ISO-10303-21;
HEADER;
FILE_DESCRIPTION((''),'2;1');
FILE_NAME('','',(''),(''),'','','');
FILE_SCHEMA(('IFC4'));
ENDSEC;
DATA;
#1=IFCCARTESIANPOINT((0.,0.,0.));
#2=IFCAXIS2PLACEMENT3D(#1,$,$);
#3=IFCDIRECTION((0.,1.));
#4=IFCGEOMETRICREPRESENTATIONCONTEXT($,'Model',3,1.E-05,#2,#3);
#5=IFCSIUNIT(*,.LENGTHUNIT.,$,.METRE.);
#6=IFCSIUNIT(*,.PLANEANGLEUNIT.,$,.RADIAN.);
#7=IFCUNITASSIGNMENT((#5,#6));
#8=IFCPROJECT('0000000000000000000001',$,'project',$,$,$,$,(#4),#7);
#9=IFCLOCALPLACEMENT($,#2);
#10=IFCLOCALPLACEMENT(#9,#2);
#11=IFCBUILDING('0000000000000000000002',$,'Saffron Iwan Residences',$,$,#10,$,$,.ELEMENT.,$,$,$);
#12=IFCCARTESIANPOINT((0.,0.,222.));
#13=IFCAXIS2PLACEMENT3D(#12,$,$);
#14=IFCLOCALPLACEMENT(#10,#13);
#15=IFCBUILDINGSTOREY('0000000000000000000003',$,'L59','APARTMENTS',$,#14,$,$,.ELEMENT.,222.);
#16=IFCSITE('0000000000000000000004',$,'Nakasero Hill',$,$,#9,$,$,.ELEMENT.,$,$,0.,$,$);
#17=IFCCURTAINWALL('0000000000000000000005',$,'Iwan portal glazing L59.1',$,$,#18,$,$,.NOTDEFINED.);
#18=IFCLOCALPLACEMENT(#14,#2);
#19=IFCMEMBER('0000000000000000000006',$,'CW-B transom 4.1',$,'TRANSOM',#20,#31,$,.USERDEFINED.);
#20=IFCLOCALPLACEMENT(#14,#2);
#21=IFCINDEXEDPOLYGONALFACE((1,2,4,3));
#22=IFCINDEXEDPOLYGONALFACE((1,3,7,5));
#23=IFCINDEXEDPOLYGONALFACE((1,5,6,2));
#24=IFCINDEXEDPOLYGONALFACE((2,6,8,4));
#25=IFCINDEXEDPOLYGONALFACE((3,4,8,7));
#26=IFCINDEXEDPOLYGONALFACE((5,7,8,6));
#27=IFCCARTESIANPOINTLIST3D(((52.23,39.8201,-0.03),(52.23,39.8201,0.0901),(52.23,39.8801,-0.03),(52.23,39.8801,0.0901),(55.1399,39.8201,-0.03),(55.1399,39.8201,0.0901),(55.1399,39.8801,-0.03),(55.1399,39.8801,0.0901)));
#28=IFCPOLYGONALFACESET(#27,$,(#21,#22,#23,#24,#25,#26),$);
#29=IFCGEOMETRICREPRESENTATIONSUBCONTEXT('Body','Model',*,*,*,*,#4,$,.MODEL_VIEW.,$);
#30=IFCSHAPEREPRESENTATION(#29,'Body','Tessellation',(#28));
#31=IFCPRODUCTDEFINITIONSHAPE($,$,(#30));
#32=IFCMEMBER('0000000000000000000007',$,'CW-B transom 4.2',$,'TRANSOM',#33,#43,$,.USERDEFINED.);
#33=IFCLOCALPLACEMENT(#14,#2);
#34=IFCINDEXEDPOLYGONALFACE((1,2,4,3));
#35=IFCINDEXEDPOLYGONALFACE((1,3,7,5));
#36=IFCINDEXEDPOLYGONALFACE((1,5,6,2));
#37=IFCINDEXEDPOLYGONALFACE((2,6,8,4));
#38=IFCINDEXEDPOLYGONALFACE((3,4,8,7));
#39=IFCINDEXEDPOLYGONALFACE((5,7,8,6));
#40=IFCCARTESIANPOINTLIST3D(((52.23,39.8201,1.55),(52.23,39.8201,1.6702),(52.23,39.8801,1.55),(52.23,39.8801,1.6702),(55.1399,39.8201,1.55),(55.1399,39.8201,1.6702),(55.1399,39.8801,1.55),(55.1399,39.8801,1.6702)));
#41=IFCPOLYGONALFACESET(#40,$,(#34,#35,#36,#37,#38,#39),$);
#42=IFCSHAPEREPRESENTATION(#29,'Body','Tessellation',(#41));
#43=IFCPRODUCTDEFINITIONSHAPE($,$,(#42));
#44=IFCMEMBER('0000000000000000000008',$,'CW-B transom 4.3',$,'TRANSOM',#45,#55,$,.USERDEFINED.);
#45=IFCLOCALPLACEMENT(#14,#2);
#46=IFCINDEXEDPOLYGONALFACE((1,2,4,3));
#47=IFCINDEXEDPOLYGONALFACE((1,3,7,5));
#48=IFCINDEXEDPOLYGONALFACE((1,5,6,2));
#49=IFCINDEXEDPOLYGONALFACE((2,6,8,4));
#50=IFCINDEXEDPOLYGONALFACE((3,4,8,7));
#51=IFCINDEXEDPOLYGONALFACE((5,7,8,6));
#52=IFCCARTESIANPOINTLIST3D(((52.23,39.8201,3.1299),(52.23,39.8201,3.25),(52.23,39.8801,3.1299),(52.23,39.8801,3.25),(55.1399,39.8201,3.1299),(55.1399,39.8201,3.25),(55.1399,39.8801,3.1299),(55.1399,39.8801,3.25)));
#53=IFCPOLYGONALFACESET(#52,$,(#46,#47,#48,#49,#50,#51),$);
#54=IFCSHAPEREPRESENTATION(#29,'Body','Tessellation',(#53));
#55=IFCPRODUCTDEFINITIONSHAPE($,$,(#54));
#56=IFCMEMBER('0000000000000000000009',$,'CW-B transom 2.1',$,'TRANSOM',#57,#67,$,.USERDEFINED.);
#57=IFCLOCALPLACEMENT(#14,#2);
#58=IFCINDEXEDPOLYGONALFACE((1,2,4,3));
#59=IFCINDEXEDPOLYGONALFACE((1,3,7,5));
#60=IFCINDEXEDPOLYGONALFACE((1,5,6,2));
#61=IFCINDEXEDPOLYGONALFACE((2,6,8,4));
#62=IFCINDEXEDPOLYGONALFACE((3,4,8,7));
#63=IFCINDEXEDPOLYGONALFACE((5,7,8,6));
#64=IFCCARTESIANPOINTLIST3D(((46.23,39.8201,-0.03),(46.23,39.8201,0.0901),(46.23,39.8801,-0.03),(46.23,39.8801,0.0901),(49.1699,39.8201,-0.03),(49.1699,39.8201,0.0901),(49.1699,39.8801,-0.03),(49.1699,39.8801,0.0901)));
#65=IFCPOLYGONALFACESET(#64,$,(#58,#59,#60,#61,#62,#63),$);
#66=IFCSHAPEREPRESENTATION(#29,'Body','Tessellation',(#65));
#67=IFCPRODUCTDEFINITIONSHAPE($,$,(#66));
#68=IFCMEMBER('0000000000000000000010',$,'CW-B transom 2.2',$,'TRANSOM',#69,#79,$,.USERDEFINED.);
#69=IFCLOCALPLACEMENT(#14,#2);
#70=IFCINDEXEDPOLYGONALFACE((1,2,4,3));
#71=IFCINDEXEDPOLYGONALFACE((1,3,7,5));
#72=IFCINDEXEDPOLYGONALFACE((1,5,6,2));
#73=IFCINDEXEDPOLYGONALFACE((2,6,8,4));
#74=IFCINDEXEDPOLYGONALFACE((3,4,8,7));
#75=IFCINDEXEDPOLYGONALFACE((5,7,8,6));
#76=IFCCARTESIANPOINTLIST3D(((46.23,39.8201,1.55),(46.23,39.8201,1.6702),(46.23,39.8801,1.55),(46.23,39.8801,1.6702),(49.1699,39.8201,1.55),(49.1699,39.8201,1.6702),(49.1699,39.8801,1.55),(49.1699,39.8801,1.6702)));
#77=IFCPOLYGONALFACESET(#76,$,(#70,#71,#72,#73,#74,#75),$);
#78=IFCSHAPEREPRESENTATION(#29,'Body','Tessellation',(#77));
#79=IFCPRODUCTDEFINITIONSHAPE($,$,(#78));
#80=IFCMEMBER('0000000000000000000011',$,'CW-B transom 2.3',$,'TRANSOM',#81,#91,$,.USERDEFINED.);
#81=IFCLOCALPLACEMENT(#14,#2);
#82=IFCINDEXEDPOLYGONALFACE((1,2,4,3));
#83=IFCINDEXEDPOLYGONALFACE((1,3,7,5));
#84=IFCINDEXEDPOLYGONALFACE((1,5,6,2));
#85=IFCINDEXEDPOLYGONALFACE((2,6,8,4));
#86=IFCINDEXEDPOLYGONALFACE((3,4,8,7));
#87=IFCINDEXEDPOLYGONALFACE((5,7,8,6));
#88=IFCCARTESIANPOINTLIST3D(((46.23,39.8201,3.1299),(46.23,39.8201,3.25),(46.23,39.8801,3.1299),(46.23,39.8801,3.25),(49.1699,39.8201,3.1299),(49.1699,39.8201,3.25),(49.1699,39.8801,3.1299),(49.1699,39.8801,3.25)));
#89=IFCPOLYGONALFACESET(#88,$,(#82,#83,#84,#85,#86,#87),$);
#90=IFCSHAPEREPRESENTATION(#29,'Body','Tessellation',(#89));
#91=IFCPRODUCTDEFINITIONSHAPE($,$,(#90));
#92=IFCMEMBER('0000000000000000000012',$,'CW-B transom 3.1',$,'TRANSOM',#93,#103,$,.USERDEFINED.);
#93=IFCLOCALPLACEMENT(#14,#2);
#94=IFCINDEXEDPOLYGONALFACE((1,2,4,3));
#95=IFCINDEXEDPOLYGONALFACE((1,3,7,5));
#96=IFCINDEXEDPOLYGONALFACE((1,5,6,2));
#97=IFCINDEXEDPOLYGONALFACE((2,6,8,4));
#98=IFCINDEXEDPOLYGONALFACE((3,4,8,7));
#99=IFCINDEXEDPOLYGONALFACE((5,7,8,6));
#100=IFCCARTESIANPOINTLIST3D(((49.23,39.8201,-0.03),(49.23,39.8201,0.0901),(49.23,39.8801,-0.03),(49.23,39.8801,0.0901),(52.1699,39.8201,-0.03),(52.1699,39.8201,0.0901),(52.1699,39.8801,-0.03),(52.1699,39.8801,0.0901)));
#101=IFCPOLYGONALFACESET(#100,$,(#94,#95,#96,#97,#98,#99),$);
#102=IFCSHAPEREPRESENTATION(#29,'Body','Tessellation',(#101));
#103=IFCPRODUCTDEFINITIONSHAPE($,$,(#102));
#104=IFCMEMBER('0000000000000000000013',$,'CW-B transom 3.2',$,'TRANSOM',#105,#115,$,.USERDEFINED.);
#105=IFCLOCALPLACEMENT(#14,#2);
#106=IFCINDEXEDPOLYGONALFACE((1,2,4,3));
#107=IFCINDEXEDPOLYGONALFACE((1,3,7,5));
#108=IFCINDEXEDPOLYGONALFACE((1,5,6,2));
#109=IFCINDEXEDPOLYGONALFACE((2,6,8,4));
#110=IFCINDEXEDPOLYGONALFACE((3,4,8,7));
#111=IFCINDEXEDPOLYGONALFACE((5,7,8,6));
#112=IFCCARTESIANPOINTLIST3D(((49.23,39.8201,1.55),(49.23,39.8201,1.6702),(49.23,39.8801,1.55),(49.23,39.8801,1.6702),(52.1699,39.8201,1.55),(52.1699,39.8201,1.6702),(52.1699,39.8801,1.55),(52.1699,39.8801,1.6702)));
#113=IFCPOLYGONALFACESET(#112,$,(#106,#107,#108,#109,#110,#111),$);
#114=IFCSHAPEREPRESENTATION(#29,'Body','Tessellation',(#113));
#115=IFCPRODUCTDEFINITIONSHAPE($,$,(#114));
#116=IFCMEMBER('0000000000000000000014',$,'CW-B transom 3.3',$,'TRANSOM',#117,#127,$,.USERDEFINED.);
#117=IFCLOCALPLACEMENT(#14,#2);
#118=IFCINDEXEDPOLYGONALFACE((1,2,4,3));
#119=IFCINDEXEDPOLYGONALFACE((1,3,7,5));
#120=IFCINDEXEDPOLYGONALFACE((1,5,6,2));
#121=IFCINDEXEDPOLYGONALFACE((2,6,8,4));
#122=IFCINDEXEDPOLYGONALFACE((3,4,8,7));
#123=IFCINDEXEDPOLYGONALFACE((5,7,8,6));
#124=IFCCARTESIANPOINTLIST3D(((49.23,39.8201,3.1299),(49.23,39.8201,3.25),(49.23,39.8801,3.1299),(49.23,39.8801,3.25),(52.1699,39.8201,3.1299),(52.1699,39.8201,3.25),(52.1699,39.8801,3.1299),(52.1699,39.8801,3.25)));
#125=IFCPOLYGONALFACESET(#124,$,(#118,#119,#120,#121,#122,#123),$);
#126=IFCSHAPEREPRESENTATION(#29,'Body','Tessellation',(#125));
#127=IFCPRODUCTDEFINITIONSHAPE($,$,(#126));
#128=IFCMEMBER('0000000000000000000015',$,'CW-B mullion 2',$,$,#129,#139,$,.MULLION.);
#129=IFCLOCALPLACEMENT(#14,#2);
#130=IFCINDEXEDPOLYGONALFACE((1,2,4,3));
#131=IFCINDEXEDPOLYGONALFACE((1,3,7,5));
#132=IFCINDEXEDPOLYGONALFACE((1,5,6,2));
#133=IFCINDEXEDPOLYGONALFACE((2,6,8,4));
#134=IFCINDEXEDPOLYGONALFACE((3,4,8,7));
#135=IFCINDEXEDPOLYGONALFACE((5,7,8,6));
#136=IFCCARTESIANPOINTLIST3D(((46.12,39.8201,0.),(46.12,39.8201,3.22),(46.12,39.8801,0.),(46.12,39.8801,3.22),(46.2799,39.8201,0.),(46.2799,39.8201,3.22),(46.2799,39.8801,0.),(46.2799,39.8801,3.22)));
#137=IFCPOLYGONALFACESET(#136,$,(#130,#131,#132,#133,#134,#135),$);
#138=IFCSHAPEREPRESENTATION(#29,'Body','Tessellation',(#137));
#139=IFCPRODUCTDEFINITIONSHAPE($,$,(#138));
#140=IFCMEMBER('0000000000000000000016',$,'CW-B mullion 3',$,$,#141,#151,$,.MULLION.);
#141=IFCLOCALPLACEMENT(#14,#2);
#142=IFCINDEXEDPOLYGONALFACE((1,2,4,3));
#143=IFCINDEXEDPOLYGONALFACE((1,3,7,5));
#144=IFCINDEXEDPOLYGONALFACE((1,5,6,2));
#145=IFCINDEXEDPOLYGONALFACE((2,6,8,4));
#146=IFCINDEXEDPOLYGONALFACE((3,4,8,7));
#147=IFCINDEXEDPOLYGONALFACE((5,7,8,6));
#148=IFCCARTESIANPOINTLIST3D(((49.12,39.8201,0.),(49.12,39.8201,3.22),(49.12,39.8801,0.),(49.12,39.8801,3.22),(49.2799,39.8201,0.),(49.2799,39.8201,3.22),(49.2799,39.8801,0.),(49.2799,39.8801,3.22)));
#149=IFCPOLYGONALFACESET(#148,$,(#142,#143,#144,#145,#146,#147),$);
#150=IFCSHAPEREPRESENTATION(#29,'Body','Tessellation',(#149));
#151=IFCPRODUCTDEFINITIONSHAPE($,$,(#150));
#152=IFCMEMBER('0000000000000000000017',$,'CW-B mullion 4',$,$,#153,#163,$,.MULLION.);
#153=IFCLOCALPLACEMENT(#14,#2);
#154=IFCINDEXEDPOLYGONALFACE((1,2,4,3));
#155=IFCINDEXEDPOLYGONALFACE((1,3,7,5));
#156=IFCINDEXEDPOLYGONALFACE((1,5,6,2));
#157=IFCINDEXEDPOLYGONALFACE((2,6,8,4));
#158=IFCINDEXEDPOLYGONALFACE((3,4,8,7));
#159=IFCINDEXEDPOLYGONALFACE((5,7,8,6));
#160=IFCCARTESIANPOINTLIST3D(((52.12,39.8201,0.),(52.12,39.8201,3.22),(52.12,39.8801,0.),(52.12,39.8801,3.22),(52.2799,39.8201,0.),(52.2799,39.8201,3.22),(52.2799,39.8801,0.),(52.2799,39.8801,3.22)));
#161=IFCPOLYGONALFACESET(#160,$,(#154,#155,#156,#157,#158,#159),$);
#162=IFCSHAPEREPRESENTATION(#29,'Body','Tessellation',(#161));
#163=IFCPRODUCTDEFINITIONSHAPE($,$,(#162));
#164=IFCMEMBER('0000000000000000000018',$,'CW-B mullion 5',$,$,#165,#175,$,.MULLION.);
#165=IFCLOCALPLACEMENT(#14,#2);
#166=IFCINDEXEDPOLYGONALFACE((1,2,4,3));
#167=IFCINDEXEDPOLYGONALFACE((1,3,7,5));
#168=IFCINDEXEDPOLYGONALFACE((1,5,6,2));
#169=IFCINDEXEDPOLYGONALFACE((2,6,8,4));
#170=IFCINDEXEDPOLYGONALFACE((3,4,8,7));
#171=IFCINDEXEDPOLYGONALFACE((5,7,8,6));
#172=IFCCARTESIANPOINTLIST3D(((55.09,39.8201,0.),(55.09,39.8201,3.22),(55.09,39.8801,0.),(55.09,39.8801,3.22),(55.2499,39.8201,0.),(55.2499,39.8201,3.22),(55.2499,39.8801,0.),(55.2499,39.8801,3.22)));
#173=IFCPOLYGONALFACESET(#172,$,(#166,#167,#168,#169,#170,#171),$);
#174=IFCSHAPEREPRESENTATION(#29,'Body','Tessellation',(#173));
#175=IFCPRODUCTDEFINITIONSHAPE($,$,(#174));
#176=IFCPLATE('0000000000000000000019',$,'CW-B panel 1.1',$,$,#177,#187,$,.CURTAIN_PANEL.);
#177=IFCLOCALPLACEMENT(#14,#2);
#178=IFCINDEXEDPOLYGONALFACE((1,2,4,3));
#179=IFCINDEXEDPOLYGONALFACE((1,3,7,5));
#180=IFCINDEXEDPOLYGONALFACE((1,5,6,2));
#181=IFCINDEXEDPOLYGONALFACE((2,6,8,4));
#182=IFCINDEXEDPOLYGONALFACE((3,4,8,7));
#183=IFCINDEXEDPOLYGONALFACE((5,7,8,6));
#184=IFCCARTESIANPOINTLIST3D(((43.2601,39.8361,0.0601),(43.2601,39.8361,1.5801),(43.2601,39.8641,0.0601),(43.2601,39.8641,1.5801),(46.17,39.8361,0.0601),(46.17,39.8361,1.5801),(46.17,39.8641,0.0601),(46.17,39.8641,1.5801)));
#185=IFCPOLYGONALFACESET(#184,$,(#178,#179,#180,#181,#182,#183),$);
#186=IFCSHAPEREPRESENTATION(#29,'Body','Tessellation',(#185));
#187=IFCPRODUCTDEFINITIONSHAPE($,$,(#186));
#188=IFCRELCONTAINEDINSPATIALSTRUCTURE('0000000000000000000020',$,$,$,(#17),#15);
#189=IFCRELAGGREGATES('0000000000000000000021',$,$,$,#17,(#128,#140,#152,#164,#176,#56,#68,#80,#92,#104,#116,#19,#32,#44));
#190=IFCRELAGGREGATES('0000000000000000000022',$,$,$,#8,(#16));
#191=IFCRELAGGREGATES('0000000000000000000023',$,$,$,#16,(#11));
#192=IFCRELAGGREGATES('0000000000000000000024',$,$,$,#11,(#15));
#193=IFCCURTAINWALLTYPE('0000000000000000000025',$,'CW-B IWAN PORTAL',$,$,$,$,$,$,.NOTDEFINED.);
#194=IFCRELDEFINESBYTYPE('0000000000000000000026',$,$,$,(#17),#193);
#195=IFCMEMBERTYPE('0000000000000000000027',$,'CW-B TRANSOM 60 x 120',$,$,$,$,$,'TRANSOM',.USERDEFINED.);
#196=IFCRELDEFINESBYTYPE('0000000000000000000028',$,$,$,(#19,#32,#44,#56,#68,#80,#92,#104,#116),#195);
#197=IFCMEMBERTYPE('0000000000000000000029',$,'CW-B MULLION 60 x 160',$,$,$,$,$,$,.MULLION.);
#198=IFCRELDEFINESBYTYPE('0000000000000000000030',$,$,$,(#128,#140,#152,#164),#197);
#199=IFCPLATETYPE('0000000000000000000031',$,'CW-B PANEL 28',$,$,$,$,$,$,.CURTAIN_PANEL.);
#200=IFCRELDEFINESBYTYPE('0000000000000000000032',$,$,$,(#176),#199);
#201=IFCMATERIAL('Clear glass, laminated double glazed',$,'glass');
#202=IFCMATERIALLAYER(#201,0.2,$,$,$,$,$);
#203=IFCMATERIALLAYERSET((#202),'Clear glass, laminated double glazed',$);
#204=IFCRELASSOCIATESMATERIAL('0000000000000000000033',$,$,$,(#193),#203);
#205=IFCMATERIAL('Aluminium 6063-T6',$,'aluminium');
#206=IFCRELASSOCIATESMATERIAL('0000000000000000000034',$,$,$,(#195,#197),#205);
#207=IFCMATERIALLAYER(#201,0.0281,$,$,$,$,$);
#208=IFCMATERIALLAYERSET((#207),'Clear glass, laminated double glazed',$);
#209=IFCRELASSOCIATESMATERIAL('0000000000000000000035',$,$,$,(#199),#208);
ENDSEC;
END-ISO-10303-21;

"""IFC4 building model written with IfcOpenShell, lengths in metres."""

from ifc_helpers import new_model, si_unit, direction, frame, origin, origin_2d, place, context, subcontext, project, spatial, rectangle, extrude, source, transform, mapped, material, layer, layer_set, material_profile, profile_set, type_object, element, aggregate, save


model = new_model("IFC4")

# Units and contexts
model_context = context("Model", 3, precision=1e-05, world=origin(), true_north=direction((0.0, 1.0)))
body_context = subcontext(model_context, "Body", "Model", "MODEL_VIEW")
ifc_project = project(units=[si_unit("LENGTHUNIT", "METRE"), si_unit("PLANEANGLEUNIT", "RADIAN")], contexts=[model_context])

# Site, building, storey
site_placement = place(None, origin())
site = spatial("IfcSite", under=ifc_project, at=site_placement, Name="Nakasero Hill", CompositionType="ELEMENT", RefElevation=0.0)
building_placement = place(site_placement, origin())
building = spatial("IfcBuilding", under=site, at=building_placement, Name="Saffron Iwan Residences", CompositionType="ELEMENT")
storey_placement = place(building_placement, frame((0.0, 0.0, 222.0)))
storey = spatial("IfcBuildingStorey", under=building, at=storey_placement, Name="L59", Description="APARTMENTS", CompositionType="ELEMENT", Elevation=222.0)

# Curtain wall, members, plate
ifc_material_1 = material(Name="Clear glass, laminated double glazed", Category="glass")
ifc_layer_1 = layer(ifc_material_1, 0.2)
ifc_layer_set_1 = layer_set([ifc_layer_1], Name="Clear glass, laminated double glazed")
curtain_wall_type = type_object("IfcCurtainWallType", Name="CW-B IWAN PORTAL", PredefinedType="NOTDEFINED", material=ifc_layer_set_1)
curtain_wall_placement = place(storey_placement, origin())
curtain_wall = element("IfcCurtainWall", 1, at=curtain_wall_placement, inside=storey, type_object=curtain_wall_type, Name="Iwan portal glazing L59.1", PredefinedType="NOTDEFINED")
ifc_material_2 = material(Name="Aluminium 6063-T6", Category="aluminium")
ifc_material_profile_1 = material_profile(ifc_material_2, rectangle(XDim=0.0601, YDim=0.1201, at=origin_2d()), Name="CW-B TRANSOM 60 x 120")
ifc_profile_set_1 = profile_set([ifc_material_profile_1], Name="Aluminium 6063-T6")
member_type_1 = type_object("IfcMemberType", Name="CW-B TRANSOM 60 x 120", ElementType="TRANSOM", PredefinedType="USERDEFINED", material=ifc_profile_set_1)
shared_shape_1 = source(origin(), body_context, "Body", "SweptSolid", [
    extrude(rectangle(XDim=0.0601, YDim=0.1201, at=origin_2d()), origin(), (0.0, 0.0, 1.0), 2.9099),
])
member_1_placement = place(storey_placement, frame((52.23, 39.8501, 0.03), z_axis=(1.0, 0.0, 0.0), x_axis=(0.0, 1.0, 0.0)))
member_1 = element("IfcMember", 2, at=member_1_placement, type_object=member_type_1, Name="CW-B transom 4.1", ObjectType="TRANSOM", PredefinedType="USERDEFINED", context=body_context, shape_type="MappedRepresentation", body=[
    mapped(shared_shape_1, transform((0.0, 0.0, 0.0))),
])
member_2_placement = place(storey_placement, frame((52.23, 39.8501, 1.6101), z_axis=(1.0, 0.0, 0.0), x_axis=(0.0, 1.0, 0.0)))
member_2 = element("IfcMember", 3, at=member_2_placement, type_object=member_type_1, Name="CW-B transom 4.2", ObjectType="TRANSOM", PredefinedType="USERDEFINED", context=body_context, shape_type="MappedRepresentation", body=[
    mapped(shared_shape_1, transform((0.0, 0.0, 0.0))),
])
member_3_placement = place(storey_placement, frame((52.23, 39.8501, 3.1899), z_axis=(1.0, 0.0, 0.0), x_axis=(0.0, 1.0, 0.0)))
member_3 = element("IfcMember", 4, at=member_3_placement, type_object=member_type_1, Name="CW-B transom 4.3", ObjectType="TRANSOM", PredefinedType="USERDEFINED", context=body_context, shape_type="MappedRepresentation", body=[
    mapped(shared_shape_1, transform((0.0, 0.0, 0.0))),
])
shared_shape_2 = source(origin(), body_context, "Body", "SweptSolid", [
    extrude(rectangle(XDim=0.0601, YDim=0.1201, at=origin_2d()), origin(), (0.0, 0.0, 1.0), 2.9399),
])
member_4_placement = place(storey_placement, frame((46.23, 39.8501, 0.03), z_axis=(1.0, 0.0, 0.0), x_axis=(0.0, 1.0, 0.0)))
member_4 = element("IfcMember", 5, at=member_4_placement, type_object=member_type_1, Name="CW-B transom 2.1", ObjectType="TRANSOM", PredefinedType="USERDEFINED", context=body_context, shape_type="MappedRepresentation", body=[
    mapped(shared_shape_2, transform((0.0, 0.0, 0.0))),
])
member_5_placement = place(storey_placement, frame((46.23, 39.8501, 1.6101), z_axis=(1.0, 0.0, 0.0), x_axis=(0.0, 1.0, 0.0)))
member_5 = element("IfcMember", 6, at=member_5_placement, type_object=member_type_1, Name="CW-B transom 2.2", ObjectType="TRANSOM", PredefinedType="USERDEFINED", context=body_context, shape_type="MappedRepresentation", body=[
    mapped(shared_shape_2, transform((0.0, 0.0, 0.0))),
])
member_6_placement = place(storey_placement, frame((46.23, 39.8501, 3.1899), z_axis=(1.0, 0.0, 0.0), x_axis=(0.0, 1.0, 0.0)))
member_6 = element("IfcMember", 7, at=member_6_placement, type_object=member_type_1, Name="CW-B transom 2.3", ObjectType="TRANSOM", PredefinedType="USERDEFINED", context=body_context, shape_type="MappedRepresentation", body=[
    mapped(shared_shape_2, transform((0.0, 0.0, 0.0))),
])
member_7_placement = place(storey_placement, frame((49.23, 39.8501, 0.03), z_axis=(1.0, 0.0, 0.0), x_axis=(0.0, 1.0, 0.0)))
member_7 = element("IfcMember", 8, at=member_7_placement, type_object=member_type_1, Name="CW-B transom 3.1", ObjectType="TRANSOM", PredefinedType="USERDEFINED", context=body_context, shape_type="MappedRepresentation", body=[
    mapped(shared_shape_2, transform((0.0, 0.0, 0.0))),
])
member_8_placement = place(storey_placement, frame((49.23, 39.8501, 1.6101), z_axis=(1.0, 0.0, 0.0), x_axis=(0.0, 1.0, 0.0)))
member_8 = element("IfcMember", 9, at=member_8_placement, type_object=member_type_1, Name="CW-B transom 3.2", ObjectType="TRANSOM", PredefinedType="USERDEFINED", context=body_context, shape_type="MappedRepresentation", body=[
    mapped(shared_shape_2, transform((0.0, 0.0, 0.0))),
])
member_9_placement = place(storey_placement, frame((49.23, 39.8501, 3.1899), z_axis=(1.0, 0.0, 0.0), x_axis=(0.0, 1.0, 0.0)))
member_9 = element("IfcMember", 10, at=member_9_placement, type_object=member_type_1, Name="CW-B transom 3.3", ObjectType="TRANSOM", PredefinedType="USERDEFINED", context=body_context, shape_type="MappedRepresentation", body=[
    mapped(shared_shape_2, transform((0.0, 0.0, 0.0))),
])
ifc_material_profile_2 = material_profile(ifc_material_2, rectangle(XDim=0.0601, YDim=0.1599, at=origin_2d()), Name="CW-B MULLION 60 x 160")
ifc_profile_set_2 = profile_set([ifc_material_profile_2], Name="Aluminium 6063-T6")
member_type_2 = type_object("IfcMemberType", Name="CW-B MULLION 60 x 160", PredefinedType="MULLION", material=ifc_profile_set_2)
shared_shape_3 = source(origin(), body_context, "Body", "SweptSolid", [
    extrude(rectangle(XDim=0.0601, YDim=0.1599, at=origin_2d()), origin(), (0.0, 0.0, 1.0), 3.22),
])
member_10_placement = place(storey_placement, frame((46.2, 39.8501, 0.0), z_axis=(0.0, 0.0, 1.0), x_axis=(0.0, 1.0, 0.0)))
member_10 = element("IfcMember", 11, at=member_10_placement, type_object=member_type_2, Name="CW-B mullion 2", PredefinedType="MULLION", context=body_context, shape_type="MappedRepresentation", body=[
    mapped(shared_shape_3, transform((0.0, 0.0, 0.0))),
])
member_11_placement = place(storey_placement, frame((49.2, 39.8501, 0.0), z_axis=(0.0, 0.0, 1.0), x_axis=(0.0, 1.0, 0.0)))
member_11 = element("IfcMember", 12, at=member_11_placement, type_object=member_type_2, Name="CW-B mullion 3", PredefinedType="MULLION", context=body_context, shape_type="MappedRepresentation", body=[
    mapped(shared_shape_3, transform((0.0, 0.0, 0.0))),
])
member_12_placement = place(storey_placement, frame((52.2, 39.8501, 0.0), z_axis=(0.0, 0.0, 1.0), x_axis=(0.0, 1.0, 0.0)))
member_12 = element("IfcMember", 13, at=member_12_placement, type_object=member_type_2, Name="CW-B mullion 4", PredefinedType="MULLION", context=body_context, shape_type="MappedRepresentation", body=[
    mapped(shared_shape_3, transform((0.0, 0.0, 0.0))),
])
member_13_placement = place(storey_placement, frame((55.1699, 39.8501, 0.0), z_axis=(0.0, 0.0, 1.0), x_axis=(0.0, 1.0, 0.0)))
member_13 = element("IfcMember", 14, at=member_13_placement, type_object=member_type_2, Name="CW-B mullion 5", PredefinedType="MULLION", context=body_context, shape_type="MappedRepresentation", body=[
    mapped(shared_shape_3, transform((0.0, 0.0, 0.0))),
])
ifc_layer_2 = layer(ifc_material_1, 0.0281)
ifc_layer_set_2 = layer_set([ifc_layer_2], Name="Clear glass, laminated double glazed")
plate_type = type_object("IfcPlateType", Name="CW-B PANEL 28", PredefinedType="CURTAIN_PANEL", material=ifc_layer_set_2)
shared_shape_4 = source(origin(), body_context, "Body", "SweptSolid", [
    extrude(rectangle(XDim=2.9099, YDim=0.0281, at=origin_2d()), origin(), (0.0, 0.0, 1.0), 1.52),
])
plate_1_placement = place(storey_placement, frame((44.7151, 39.8501, 0.0601), z_axis=(0.0, 0.0, 1.0), x_axis=(1.0, 0.0, 0.0)))
plate_1 = element("IfcPlate", 15, at=plate_1_placement, type_object=plate_type, Name="CW-B panel 1.1", PredefinedType="CURTAIN_PANEL", context=body_context, shape_type="MappedRepresentation", body=[
    mapped(shared_shape_4, transform((0.0, 0.0, 0.0))),
])
aggregate(curtain_wall, [member_10, member_11, member_12, member_13, plate_1, member_4, member_5, member_6, member_7, member_8, member_9, member_1, member_2, member_3])

save(model, "model.ifc")
